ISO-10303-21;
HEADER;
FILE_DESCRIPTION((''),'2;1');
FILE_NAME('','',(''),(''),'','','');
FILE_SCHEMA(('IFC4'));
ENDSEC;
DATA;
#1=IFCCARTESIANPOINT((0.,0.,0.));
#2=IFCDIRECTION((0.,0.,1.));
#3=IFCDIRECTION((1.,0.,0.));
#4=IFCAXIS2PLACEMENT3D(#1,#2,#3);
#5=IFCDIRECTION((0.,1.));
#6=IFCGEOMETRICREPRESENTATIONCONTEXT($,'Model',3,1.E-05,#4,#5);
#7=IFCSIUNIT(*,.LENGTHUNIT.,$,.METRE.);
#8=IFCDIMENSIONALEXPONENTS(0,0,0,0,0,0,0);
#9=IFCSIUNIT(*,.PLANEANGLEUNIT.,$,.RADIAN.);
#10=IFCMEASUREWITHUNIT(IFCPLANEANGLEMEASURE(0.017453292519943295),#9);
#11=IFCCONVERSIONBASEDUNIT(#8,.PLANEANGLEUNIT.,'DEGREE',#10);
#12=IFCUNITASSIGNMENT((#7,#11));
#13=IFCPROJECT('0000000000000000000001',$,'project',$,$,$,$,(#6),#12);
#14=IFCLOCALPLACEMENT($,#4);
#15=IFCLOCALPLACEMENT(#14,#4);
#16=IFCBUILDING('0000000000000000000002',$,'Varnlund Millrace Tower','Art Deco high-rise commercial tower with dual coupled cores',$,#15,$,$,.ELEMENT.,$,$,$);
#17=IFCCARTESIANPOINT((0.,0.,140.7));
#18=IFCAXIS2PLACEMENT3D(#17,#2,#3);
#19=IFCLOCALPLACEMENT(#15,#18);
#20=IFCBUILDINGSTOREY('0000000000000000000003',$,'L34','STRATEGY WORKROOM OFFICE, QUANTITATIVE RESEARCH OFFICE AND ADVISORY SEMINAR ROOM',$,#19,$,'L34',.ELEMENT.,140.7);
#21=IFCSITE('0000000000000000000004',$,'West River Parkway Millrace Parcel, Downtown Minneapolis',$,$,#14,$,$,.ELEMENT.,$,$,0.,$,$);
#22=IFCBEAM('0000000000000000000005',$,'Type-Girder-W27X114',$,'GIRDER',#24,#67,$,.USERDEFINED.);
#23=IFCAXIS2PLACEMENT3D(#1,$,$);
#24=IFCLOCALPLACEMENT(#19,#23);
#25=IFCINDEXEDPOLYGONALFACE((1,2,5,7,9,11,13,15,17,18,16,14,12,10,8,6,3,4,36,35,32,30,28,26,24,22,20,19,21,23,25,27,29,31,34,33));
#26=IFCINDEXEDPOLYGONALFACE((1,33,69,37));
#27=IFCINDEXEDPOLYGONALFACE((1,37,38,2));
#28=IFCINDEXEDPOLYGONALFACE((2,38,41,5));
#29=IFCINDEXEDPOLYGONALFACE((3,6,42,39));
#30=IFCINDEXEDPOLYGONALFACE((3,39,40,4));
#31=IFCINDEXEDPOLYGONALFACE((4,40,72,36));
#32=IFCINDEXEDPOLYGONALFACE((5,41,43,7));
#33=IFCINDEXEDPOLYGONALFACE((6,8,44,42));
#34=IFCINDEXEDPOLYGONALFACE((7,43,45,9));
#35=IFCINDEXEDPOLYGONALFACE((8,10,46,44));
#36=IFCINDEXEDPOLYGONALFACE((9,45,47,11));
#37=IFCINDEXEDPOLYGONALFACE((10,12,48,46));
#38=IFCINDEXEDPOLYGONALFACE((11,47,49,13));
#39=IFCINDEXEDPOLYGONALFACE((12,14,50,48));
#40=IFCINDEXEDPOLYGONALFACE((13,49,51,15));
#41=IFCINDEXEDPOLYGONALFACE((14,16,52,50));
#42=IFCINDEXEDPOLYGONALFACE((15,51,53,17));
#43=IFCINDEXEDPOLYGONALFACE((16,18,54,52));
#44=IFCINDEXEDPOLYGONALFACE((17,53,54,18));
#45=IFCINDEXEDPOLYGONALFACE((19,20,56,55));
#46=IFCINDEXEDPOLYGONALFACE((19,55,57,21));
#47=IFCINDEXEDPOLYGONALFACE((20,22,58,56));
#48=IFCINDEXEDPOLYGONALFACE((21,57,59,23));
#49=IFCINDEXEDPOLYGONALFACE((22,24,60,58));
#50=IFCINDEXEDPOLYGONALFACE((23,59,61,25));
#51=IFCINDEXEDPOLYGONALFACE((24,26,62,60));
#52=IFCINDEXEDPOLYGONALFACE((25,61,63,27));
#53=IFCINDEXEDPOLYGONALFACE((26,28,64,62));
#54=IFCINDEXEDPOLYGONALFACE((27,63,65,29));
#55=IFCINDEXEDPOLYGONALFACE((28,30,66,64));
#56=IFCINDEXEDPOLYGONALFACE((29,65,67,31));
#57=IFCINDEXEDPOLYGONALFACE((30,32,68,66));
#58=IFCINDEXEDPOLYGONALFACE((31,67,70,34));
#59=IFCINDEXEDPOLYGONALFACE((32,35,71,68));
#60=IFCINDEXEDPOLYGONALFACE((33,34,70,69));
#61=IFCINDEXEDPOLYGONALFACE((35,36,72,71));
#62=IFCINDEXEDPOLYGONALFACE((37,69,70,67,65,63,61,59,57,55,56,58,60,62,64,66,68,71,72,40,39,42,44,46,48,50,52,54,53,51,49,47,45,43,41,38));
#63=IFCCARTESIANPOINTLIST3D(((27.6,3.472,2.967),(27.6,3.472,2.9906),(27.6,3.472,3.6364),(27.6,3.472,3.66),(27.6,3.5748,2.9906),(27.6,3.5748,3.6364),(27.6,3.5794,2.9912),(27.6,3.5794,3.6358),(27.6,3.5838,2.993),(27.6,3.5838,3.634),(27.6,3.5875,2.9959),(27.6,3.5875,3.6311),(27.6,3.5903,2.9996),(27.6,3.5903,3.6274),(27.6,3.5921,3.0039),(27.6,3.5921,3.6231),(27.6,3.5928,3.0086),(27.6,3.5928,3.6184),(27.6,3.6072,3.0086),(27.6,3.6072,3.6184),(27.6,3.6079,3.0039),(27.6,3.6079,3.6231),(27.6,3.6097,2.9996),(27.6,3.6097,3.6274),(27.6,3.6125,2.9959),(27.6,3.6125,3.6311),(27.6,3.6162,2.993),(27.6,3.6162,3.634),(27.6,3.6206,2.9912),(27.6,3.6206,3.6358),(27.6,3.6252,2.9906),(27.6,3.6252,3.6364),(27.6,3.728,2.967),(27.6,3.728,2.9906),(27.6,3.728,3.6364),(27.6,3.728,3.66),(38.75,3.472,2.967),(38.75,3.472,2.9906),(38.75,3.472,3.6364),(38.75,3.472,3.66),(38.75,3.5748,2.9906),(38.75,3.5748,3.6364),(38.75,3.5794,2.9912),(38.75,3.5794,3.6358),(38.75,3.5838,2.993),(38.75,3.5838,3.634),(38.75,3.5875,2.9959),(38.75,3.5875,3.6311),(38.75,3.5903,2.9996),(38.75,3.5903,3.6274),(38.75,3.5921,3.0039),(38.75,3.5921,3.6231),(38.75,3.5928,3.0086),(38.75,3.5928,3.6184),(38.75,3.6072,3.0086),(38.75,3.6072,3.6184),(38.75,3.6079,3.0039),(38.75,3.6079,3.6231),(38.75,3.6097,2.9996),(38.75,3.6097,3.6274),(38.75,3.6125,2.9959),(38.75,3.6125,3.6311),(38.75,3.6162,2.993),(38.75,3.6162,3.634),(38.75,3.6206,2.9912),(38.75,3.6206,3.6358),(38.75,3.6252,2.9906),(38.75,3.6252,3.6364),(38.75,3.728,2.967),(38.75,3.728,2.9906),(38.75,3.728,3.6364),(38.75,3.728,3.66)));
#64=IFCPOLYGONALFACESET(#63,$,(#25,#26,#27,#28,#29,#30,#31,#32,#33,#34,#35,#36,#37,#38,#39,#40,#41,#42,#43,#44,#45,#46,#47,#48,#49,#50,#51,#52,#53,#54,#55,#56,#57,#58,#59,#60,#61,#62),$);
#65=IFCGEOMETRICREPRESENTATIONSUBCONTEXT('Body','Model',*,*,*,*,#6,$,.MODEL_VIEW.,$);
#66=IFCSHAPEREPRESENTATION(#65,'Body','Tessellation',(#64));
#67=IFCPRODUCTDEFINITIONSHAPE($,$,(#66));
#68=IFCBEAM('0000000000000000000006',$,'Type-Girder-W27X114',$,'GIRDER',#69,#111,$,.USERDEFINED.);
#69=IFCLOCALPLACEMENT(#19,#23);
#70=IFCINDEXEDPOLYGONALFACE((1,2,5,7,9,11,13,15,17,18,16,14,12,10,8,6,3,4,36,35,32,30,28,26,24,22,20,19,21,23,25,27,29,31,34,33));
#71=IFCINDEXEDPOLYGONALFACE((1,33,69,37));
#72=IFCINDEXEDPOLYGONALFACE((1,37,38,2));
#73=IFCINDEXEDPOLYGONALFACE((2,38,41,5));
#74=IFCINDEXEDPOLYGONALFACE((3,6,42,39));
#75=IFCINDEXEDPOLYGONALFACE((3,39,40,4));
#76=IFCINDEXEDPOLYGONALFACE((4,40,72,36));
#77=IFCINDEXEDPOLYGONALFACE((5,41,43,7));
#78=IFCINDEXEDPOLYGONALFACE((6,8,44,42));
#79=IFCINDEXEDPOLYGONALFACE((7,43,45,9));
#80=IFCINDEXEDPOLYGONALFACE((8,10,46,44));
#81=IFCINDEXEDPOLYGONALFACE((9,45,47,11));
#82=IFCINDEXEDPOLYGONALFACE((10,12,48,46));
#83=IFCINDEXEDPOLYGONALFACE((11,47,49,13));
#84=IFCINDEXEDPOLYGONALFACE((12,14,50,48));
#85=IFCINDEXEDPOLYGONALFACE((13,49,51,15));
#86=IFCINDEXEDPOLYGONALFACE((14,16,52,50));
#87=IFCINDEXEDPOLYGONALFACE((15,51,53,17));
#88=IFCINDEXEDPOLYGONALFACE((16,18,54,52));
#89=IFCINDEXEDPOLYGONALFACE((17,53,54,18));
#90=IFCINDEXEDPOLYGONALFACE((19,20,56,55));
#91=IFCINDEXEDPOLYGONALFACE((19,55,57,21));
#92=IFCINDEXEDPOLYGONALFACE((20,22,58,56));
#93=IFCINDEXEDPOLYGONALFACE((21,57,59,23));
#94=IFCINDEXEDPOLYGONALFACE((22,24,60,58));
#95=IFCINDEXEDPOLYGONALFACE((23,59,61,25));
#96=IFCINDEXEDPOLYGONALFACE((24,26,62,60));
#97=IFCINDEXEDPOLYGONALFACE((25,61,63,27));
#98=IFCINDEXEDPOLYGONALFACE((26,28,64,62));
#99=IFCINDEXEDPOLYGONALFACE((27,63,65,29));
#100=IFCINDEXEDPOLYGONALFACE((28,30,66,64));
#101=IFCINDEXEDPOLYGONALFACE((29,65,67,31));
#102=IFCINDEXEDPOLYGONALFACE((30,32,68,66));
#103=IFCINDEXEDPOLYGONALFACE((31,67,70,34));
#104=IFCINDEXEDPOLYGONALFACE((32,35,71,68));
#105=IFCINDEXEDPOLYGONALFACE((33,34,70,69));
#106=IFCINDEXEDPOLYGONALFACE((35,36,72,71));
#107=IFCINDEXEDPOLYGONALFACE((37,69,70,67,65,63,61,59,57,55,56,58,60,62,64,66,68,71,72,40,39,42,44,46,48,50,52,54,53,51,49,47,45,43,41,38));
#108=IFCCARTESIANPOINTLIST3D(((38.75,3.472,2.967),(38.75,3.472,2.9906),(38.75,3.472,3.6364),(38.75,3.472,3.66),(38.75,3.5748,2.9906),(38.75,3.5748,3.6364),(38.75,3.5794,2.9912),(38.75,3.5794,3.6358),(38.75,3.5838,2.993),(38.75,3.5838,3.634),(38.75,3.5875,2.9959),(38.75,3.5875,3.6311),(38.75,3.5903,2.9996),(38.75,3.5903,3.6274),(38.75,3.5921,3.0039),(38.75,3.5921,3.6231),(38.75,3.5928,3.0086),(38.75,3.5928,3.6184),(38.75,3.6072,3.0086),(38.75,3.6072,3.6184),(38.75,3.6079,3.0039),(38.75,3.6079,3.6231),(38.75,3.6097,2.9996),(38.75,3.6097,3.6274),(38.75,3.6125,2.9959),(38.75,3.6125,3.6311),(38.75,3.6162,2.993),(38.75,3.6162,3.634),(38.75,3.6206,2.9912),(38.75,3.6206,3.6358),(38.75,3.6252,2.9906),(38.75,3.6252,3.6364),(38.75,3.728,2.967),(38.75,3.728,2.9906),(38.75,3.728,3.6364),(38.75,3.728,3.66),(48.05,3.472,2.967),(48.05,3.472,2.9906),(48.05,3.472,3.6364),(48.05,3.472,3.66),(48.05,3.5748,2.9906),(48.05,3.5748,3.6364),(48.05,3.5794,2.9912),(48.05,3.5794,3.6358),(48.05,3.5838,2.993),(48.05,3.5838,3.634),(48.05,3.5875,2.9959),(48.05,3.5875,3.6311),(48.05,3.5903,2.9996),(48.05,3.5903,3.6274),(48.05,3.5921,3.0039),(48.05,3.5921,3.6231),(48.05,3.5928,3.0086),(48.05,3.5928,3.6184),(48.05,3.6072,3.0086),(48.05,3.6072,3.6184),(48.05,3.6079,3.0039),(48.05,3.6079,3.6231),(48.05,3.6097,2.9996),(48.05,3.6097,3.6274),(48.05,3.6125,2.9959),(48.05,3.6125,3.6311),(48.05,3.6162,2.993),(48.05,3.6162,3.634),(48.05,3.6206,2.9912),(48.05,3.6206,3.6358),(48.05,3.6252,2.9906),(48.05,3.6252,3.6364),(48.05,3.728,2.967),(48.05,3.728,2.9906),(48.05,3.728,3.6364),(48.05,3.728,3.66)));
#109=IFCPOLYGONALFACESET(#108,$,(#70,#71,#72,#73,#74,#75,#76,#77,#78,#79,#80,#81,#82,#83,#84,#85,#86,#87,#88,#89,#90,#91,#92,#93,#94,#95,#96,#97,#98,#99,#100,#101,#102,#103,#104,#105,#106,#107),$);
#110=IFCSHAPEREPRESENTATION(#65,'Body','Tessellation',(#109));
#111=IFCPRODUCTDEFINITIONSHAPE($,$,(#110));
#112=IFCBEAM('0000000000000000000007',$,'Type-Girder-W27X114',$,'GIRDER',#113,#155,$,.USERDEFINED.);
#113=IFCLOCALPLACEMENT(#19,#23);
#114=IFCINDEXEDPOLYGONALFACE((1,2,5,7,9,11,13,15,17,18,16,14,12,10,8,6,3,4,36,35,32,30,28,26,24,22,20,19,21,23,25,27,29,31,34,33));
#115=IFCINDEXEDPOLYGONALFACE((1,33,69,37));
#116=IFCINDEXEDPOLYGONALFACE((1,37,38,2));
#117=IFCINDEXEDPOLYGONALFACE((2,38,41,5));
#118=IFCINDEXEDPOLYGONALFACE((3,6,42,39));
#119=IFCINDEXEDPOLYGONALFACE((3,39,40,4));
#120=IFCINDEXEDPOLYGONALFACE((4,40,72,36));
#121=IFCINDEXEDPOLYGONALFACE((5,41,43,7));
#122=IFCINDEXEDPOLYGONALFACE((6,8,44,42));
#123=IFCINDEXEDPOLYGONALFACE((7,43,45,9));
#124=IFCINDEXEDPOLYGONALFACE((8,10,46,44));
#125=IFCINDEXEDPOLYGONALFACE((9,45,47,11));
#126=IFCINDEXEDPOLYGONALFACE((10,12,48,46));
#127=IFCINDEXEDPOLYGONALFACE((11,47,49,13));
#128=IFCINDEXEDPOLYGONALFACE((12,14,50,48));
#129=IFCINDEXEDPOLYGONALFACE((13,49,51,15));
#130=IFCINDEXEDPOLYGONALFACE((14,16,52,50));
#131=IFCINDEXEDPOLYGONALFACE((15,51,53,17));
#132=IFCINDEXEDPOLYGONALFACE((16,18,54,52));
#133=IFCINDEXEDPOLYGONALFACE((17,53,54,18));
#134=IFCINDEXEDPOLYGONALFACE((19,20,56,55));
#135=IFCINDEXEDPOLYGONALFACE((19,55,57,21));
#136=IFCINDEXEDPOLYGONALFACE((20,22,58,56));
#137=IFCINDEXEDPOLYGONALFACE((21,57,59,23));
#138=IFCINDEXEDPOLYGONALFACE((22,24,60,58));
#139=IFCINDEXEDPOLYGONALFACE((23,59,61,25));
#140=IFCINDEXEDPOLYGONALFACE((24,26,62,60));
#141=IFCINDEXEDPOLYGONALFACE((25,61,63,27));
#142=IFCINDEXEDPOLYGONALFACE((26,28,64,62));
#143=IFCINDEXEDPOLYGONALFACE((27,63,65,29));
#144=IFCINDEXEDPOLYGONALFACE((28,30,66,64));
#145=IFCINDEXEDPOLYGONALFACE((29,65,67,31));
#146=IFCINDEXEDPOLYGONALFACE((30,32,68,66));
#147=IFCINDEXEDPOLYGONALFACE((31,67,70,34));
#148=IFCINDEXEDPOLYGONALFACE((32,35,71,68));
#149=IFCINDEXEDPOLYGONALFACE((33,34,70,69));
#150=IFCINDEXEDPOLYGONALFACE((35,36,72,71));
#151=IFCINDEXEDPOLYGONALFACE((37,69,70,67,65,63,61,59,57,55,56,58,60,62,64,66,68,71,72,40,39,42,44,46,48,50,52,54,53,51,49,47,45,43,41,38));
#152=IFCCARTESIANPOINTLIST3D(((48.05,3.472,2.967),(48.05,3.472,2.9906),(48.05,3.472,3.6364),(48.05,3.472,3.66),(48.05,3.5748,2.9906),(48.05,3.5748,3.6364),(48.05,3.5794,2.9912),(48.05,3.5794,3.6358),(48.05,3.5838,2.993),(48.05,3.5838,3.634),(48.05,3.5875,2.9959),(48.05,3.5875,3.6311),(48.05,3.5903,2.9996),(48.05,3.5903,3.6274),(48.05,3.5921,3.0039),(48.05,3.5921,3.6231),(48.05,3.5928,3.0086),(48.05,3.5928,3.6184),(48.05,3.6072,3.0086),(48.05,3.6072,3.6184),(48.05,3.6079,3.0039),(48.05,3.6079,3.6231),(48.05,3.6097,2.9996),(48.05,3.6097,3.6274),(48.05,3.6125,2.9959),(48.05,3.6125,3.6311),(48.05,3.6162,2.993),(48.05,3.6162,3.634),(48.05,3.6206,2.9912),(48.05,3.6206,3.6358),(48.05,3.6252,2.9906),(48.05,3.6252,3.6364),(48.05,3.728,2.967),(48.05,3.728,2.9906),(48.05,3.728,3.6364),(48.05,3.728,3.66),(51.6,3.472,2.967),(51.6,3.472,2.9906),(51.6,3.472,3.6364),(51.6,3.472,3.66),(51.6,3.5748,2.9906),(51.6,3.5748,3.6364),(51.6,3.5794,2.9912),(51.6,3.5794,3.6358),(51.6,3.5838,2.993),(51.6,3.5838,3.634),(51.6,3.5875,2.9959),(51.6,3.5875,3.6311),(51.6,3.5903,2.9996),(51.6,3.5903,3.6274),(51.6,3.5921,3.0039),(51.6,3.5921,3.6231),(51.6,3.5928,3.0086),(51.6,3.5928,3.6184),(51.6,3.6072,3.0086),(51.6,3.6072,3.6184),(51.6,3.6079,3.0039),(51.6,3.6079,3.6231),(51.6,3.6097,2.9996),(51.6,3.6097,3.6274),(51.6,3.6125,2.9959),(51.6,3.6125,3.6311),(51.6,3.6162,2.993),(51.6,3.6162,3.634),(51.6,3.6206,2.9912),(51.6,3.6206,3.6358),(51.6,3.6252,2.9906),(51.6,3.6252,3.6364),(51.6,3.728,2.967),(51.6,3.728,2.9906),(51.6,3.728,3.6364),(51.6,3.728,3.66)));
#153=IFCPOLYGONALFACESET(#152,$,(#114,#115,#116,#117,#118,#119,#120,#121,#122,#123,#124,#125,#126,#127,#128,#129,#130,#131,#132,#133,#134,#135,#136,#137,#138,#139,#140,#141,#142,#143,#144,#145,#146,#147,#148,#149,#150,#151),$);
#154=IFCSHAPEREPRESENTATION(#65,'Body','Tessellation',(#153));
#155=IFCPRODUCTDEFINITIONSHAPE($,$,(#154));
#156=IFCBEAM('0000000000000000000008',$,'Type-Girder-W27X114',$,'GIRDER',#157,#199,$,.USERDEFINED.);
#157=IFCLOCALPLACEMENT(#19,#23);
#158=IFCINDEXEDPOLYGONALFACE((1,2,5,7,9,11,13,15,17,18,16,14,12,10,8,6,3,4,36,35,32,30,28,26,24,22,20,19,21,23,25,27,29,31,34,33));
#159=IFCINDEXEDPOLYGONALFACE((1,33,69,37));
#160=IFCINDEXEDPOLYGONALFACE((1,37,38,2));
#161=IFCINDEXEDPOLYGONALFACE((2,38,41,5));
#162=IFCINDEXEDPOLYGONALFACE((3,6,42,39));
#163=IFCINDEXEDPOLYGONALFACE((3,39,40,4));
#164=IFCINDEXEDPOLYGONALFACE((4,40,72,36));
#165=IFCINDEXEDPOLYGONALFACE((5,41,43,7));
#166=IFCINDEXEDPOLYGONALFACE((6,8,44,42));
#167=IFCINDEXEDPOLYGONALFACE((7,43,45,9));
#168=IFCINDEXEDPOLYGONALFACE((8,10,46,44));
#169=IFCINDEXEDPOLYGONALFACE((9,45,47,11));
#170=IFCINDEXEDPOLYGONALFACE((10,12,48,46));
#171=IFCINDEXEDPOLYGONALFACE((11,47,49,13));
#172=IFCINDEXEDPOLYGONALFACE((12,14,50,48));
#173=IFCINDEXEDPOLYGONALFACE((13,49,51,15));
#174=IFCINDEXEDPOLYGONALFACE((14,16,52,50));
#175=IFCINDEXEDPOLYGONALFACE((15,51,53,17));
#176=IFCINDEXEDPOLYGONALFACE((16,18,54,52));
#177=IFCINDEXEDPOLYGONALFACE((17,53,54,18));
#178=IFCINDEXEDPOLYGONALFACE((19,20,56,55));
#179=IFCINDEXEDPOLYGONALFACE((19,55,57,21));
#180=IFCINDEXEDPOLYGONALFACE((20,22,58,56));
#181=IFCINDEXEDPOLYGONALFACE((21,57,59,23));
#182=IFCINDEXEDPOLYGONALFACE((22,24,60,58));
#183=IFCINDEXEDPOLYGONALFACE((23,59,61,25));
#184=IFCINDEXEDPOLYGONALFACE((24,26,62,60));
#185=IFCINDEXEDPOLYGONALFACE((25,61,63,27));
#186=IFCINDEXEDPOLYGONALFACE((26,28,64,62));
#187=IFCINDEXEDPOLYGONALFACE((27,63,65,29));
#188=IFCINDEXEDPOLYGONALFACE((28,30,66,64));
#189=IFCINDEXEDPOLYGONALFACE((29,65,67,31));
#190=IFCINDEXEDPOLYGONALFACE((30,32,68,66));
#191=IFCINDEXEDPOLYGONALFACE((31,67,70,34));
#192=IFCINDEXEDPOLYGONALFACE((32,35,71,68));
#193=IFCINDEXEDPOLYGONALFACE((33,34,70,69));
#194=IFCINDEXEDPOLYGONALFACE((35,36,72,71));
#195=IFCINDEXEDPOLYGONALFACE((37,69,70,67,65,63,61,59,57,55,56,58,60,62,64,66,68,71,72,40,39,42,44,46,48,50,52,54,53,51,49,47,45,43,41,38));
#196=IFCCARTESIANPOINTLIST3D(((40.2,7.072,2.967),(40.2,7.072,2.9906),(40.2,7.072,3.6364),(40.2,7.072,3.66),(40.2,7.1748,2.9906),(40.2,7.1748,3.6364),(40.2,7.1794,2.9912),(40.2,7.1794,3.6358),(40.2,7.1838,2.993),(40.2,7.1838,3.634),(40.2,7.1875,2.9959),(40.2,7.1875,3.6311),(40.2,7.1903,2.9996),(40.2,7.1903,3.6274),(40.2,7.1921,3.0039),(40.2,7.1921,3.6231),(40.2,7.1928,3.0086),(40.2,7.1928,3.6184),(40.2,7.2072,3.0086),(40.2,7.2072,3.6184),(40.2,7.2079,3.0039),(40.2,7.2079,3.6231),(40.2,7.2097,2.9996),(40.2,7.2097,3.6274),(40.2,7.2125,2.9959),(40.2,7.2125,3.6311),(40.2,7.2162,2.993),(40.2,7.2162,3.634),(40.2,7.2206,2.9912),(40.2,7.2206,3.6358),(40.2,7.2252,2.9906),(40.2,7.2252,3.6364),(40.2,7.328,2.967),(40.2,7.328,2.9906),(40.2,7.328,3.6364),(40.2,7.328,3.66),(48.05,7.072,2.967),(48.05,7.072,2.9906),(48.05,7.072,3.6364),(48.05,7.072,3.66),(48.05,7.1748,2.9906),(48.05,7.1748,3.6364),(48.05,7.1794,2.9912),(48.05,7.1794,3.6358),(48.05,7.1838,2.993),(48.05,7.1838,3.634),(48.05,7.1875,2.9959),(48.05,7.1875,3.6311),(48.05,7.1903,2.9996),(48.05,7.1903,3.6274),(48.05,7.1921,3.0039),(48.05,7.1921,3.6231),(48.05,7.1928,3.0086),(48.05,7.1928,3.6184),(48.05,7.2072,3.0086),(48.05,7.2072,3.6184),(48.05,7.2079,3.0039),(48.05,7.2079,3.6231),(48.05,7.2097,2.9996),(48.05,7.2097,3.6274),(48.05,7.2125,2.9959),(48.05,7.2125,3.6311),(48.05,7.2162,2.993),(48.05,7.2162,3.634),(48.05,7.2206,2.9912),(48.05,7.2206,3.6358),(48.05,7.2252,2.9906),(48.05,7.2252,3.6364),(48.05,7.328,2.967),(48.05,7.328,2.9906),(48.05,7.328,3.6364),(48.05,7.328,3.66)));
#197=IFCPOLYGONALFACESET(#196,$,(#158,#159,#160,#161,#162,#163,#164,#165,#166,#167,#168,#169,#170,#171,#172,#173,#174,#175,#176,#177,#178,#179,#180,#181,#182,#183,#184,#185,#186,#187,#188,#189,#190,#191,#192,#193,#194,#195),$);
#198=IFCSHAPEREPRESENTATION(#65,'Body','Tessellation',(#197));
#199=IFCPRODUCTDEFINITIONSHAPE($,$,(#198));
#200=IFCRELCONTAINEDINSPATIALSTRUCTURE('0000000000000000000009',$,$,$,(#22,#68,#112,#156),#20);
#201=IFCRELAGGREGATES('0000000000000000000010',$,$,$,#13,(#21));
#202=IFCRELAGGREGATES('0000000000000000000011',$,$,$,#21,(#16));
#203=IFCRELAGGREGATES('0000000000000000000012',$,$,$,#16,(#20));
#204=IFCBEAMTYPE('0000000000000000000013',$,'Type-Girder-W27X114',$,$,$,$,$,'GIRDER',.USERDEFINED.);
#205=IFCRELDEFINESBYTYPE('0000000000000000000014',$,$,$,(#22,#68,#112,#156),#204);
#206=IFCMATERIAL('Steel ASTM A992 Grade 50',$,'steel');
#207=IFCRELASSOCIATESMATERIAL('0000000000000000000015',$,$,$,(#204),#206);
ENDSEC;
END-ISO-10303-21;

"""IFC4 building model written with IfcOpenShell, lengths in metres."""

from ifc_helpers import new_model, entity, si_unit, converted_unit, direction, frame, origin_with_axes, origin_2d_with_axis, place, context, subcontext, project, spatial, i_section, extrude, material, material_profile, profile_set, type_object, element, save


model = new_model("IFC4")

# Units and contexts
model_context = context("Model", 3, precision=1e-05, world=origin_with_axes(), true_north=direction((0.0, 1.0)))
body_context = subcontext(model_context, "Body", "Model", "MODEL_VIEW")
ifc_project = project(units=[si_unit("LENGTHUNIT", "METRE"), converted_unit("PLANEANGLEUNIT", "DEGREE", entity("IfcPlaneAngleMeasure", 0.017453292519943295), si_unit("PLANEANGLEUNIT", "RADIAN"), dimensions=[0, 0, 0, 0, 0, 0, 0])], contexts=[model_context])

# Site, building, storey
site_placement = place(None, origin_with_axes())
site = spatial("IfcSite", under=ifc_project, at=site_placement, Name="West River Parkway Millrace Parcel, Downtown Minneapolis", CompositionType="ELEMENT", RefElevation=0.0)
building_placement = place(site_placement, origin_with_axes())
building = spatial("IfcBuilding", under=site, at=building_placement, Name="Varnlund Millrace Tower", Description="Art Deco high-rise commercial tower with dual coupled cores", CompositionType="ELEMENT")
storey_placement = place(building_placement, frame((0.0, 0.0, 140.7), z_axis=(0.0, 0.0, 1.0), x_axis=(1.0, 0.0, 0.0)))
storey = spatial("IfcBuildingStorey", under=building, at=storey_placement, Name="L34", Description="STRATEGY WORKROOM OFFICE, QUANTITATIVE RESEARCH OFFICE AND ADVISORY SEMINAR ROOM", LongName="L34", CompositionType="ELEMENT", Elevation=140.7)

# Beams
ifc_material_1 = material(Name="Steel ASTM A992 Grade 50", Category="steel")
ifc_material_profile_1 = material_profile(ifc_material_1, i_section(OverallWidth=0.256, OverallDepth=0.693, WebThickness=0.0145, FlangeThickness=0.0236, FilletRadius=0.018, at=origin_2d_with_axis()), Name="Steel ASTM A992 Grade 50")
ifc_profile_set_1 = profile_set([ifc_material_profile_1], Name="Steel ASTM A992 Grade 50")
beam_type_1 = type_object("IfcBeamType", Name="Type-Girder-W27X114", ElementType="GIRDER", PredefinedType="USERDEFINED", material=ifc_profile_set_1)
beam_1_placement = place(storey_placement, frame((27.6, 3.6, 3.3135), z_axis=(1.0, 0.0, 0.0), x_axis=(0.0, 1.0, 0.0)))
element("IfcBeam", 1, at=beam_1_placement, inside=storey, type_object=beam_type_1, Name="Type-Girder-W27X114", ObjectType="GIRDER", PredefinedType="USERDEFINED", context=body_context, shape_type="SweptSolid", body=[
    extrude(i_section(OverallWidth=0.256, OverallDepth=0.693, WebThickness=0.0145, FlangeThickness=0.0236, FilletRadius=0.018, at=origin_2d_with_axis()), origin_with_axes(), (0.0, 0.0, 1.0), 11.15),
])
beam_2_placement = place(storey_placement, frame((38.75, 3.6, 3.3135), z_axis=(1.0, 0.0, 0.0), x_axis=(0.0, 1.0, 0.0)))
element("IfcBeam", 2, at=beam_2_placement, inside=storey, type_object=beam_type_1, Name="Type-Girder-W27X114", ObjectType="GIRDER", PredefinedType="USERDEFINED", context=body_context, shape_type="SweptSolid", body=[
    extrude(i_section(OverallWidth=0.256, OverallDepth=0.693, WebThickness=0.0145, FlangeThickness=0.0236, FilletRadius=0.018, at=origin_2d_with_axis()), origin_with_axes(), (0.0, 0.0, 1.0), 9.3),
])
beam_3_placement = place(storey_placement, frame((48.05, 3.6, 3.3135), z_axis=(1.0, 0.0, 0.0), x_axis=(0.0, 1.0, 0.0)))
element("IfcBeam", 3, at=beam_3_placement, inside=storey, type_object=beam_type_1, Name="Type-Girder-W27X114", ObjectType="GIRDER", PredefinedType="USERDEFINED", context=body_context, shape_type="SweptSolid", body=[
    extrude(i_section(OverallWidth=0.256, OverallDepth=0.693, WebThickness=0.0145, FlangeThickness=0.0236, FilletRadius=0.018, at=origin_2d_with_axis()), origin_with_axes(), (0.0, 0.0, 1.0), 3.55),
])
beam_4_placement = place(storey_placement, frame((40.2, 7.2, 3.3135), z_axis=(1.0, 0.0, 0.0), x_axis=(0.0, 1.0, 0.0)))
element("IfcBeam", 4, at=beam_4_placement, inside=storey, type_object=beam_type_1, Name="Type-Girder-W27X114", ObjectType="GIRDER", PredefinedType="USERDEFINED", context=body_context, shape_type="SweptSolid", body=[
    extrude(i_section(OverallWidth=0.256, OverallDepth=0.693, WebThickness=0.0145, FlangeThickness=0.0236, FilletRadius=0.018, at=origin_2d_with_axis()), origin_with_axes(), (0.0, 0.0, 1.0), 7.85),
])

save(model, "model.ifc")
